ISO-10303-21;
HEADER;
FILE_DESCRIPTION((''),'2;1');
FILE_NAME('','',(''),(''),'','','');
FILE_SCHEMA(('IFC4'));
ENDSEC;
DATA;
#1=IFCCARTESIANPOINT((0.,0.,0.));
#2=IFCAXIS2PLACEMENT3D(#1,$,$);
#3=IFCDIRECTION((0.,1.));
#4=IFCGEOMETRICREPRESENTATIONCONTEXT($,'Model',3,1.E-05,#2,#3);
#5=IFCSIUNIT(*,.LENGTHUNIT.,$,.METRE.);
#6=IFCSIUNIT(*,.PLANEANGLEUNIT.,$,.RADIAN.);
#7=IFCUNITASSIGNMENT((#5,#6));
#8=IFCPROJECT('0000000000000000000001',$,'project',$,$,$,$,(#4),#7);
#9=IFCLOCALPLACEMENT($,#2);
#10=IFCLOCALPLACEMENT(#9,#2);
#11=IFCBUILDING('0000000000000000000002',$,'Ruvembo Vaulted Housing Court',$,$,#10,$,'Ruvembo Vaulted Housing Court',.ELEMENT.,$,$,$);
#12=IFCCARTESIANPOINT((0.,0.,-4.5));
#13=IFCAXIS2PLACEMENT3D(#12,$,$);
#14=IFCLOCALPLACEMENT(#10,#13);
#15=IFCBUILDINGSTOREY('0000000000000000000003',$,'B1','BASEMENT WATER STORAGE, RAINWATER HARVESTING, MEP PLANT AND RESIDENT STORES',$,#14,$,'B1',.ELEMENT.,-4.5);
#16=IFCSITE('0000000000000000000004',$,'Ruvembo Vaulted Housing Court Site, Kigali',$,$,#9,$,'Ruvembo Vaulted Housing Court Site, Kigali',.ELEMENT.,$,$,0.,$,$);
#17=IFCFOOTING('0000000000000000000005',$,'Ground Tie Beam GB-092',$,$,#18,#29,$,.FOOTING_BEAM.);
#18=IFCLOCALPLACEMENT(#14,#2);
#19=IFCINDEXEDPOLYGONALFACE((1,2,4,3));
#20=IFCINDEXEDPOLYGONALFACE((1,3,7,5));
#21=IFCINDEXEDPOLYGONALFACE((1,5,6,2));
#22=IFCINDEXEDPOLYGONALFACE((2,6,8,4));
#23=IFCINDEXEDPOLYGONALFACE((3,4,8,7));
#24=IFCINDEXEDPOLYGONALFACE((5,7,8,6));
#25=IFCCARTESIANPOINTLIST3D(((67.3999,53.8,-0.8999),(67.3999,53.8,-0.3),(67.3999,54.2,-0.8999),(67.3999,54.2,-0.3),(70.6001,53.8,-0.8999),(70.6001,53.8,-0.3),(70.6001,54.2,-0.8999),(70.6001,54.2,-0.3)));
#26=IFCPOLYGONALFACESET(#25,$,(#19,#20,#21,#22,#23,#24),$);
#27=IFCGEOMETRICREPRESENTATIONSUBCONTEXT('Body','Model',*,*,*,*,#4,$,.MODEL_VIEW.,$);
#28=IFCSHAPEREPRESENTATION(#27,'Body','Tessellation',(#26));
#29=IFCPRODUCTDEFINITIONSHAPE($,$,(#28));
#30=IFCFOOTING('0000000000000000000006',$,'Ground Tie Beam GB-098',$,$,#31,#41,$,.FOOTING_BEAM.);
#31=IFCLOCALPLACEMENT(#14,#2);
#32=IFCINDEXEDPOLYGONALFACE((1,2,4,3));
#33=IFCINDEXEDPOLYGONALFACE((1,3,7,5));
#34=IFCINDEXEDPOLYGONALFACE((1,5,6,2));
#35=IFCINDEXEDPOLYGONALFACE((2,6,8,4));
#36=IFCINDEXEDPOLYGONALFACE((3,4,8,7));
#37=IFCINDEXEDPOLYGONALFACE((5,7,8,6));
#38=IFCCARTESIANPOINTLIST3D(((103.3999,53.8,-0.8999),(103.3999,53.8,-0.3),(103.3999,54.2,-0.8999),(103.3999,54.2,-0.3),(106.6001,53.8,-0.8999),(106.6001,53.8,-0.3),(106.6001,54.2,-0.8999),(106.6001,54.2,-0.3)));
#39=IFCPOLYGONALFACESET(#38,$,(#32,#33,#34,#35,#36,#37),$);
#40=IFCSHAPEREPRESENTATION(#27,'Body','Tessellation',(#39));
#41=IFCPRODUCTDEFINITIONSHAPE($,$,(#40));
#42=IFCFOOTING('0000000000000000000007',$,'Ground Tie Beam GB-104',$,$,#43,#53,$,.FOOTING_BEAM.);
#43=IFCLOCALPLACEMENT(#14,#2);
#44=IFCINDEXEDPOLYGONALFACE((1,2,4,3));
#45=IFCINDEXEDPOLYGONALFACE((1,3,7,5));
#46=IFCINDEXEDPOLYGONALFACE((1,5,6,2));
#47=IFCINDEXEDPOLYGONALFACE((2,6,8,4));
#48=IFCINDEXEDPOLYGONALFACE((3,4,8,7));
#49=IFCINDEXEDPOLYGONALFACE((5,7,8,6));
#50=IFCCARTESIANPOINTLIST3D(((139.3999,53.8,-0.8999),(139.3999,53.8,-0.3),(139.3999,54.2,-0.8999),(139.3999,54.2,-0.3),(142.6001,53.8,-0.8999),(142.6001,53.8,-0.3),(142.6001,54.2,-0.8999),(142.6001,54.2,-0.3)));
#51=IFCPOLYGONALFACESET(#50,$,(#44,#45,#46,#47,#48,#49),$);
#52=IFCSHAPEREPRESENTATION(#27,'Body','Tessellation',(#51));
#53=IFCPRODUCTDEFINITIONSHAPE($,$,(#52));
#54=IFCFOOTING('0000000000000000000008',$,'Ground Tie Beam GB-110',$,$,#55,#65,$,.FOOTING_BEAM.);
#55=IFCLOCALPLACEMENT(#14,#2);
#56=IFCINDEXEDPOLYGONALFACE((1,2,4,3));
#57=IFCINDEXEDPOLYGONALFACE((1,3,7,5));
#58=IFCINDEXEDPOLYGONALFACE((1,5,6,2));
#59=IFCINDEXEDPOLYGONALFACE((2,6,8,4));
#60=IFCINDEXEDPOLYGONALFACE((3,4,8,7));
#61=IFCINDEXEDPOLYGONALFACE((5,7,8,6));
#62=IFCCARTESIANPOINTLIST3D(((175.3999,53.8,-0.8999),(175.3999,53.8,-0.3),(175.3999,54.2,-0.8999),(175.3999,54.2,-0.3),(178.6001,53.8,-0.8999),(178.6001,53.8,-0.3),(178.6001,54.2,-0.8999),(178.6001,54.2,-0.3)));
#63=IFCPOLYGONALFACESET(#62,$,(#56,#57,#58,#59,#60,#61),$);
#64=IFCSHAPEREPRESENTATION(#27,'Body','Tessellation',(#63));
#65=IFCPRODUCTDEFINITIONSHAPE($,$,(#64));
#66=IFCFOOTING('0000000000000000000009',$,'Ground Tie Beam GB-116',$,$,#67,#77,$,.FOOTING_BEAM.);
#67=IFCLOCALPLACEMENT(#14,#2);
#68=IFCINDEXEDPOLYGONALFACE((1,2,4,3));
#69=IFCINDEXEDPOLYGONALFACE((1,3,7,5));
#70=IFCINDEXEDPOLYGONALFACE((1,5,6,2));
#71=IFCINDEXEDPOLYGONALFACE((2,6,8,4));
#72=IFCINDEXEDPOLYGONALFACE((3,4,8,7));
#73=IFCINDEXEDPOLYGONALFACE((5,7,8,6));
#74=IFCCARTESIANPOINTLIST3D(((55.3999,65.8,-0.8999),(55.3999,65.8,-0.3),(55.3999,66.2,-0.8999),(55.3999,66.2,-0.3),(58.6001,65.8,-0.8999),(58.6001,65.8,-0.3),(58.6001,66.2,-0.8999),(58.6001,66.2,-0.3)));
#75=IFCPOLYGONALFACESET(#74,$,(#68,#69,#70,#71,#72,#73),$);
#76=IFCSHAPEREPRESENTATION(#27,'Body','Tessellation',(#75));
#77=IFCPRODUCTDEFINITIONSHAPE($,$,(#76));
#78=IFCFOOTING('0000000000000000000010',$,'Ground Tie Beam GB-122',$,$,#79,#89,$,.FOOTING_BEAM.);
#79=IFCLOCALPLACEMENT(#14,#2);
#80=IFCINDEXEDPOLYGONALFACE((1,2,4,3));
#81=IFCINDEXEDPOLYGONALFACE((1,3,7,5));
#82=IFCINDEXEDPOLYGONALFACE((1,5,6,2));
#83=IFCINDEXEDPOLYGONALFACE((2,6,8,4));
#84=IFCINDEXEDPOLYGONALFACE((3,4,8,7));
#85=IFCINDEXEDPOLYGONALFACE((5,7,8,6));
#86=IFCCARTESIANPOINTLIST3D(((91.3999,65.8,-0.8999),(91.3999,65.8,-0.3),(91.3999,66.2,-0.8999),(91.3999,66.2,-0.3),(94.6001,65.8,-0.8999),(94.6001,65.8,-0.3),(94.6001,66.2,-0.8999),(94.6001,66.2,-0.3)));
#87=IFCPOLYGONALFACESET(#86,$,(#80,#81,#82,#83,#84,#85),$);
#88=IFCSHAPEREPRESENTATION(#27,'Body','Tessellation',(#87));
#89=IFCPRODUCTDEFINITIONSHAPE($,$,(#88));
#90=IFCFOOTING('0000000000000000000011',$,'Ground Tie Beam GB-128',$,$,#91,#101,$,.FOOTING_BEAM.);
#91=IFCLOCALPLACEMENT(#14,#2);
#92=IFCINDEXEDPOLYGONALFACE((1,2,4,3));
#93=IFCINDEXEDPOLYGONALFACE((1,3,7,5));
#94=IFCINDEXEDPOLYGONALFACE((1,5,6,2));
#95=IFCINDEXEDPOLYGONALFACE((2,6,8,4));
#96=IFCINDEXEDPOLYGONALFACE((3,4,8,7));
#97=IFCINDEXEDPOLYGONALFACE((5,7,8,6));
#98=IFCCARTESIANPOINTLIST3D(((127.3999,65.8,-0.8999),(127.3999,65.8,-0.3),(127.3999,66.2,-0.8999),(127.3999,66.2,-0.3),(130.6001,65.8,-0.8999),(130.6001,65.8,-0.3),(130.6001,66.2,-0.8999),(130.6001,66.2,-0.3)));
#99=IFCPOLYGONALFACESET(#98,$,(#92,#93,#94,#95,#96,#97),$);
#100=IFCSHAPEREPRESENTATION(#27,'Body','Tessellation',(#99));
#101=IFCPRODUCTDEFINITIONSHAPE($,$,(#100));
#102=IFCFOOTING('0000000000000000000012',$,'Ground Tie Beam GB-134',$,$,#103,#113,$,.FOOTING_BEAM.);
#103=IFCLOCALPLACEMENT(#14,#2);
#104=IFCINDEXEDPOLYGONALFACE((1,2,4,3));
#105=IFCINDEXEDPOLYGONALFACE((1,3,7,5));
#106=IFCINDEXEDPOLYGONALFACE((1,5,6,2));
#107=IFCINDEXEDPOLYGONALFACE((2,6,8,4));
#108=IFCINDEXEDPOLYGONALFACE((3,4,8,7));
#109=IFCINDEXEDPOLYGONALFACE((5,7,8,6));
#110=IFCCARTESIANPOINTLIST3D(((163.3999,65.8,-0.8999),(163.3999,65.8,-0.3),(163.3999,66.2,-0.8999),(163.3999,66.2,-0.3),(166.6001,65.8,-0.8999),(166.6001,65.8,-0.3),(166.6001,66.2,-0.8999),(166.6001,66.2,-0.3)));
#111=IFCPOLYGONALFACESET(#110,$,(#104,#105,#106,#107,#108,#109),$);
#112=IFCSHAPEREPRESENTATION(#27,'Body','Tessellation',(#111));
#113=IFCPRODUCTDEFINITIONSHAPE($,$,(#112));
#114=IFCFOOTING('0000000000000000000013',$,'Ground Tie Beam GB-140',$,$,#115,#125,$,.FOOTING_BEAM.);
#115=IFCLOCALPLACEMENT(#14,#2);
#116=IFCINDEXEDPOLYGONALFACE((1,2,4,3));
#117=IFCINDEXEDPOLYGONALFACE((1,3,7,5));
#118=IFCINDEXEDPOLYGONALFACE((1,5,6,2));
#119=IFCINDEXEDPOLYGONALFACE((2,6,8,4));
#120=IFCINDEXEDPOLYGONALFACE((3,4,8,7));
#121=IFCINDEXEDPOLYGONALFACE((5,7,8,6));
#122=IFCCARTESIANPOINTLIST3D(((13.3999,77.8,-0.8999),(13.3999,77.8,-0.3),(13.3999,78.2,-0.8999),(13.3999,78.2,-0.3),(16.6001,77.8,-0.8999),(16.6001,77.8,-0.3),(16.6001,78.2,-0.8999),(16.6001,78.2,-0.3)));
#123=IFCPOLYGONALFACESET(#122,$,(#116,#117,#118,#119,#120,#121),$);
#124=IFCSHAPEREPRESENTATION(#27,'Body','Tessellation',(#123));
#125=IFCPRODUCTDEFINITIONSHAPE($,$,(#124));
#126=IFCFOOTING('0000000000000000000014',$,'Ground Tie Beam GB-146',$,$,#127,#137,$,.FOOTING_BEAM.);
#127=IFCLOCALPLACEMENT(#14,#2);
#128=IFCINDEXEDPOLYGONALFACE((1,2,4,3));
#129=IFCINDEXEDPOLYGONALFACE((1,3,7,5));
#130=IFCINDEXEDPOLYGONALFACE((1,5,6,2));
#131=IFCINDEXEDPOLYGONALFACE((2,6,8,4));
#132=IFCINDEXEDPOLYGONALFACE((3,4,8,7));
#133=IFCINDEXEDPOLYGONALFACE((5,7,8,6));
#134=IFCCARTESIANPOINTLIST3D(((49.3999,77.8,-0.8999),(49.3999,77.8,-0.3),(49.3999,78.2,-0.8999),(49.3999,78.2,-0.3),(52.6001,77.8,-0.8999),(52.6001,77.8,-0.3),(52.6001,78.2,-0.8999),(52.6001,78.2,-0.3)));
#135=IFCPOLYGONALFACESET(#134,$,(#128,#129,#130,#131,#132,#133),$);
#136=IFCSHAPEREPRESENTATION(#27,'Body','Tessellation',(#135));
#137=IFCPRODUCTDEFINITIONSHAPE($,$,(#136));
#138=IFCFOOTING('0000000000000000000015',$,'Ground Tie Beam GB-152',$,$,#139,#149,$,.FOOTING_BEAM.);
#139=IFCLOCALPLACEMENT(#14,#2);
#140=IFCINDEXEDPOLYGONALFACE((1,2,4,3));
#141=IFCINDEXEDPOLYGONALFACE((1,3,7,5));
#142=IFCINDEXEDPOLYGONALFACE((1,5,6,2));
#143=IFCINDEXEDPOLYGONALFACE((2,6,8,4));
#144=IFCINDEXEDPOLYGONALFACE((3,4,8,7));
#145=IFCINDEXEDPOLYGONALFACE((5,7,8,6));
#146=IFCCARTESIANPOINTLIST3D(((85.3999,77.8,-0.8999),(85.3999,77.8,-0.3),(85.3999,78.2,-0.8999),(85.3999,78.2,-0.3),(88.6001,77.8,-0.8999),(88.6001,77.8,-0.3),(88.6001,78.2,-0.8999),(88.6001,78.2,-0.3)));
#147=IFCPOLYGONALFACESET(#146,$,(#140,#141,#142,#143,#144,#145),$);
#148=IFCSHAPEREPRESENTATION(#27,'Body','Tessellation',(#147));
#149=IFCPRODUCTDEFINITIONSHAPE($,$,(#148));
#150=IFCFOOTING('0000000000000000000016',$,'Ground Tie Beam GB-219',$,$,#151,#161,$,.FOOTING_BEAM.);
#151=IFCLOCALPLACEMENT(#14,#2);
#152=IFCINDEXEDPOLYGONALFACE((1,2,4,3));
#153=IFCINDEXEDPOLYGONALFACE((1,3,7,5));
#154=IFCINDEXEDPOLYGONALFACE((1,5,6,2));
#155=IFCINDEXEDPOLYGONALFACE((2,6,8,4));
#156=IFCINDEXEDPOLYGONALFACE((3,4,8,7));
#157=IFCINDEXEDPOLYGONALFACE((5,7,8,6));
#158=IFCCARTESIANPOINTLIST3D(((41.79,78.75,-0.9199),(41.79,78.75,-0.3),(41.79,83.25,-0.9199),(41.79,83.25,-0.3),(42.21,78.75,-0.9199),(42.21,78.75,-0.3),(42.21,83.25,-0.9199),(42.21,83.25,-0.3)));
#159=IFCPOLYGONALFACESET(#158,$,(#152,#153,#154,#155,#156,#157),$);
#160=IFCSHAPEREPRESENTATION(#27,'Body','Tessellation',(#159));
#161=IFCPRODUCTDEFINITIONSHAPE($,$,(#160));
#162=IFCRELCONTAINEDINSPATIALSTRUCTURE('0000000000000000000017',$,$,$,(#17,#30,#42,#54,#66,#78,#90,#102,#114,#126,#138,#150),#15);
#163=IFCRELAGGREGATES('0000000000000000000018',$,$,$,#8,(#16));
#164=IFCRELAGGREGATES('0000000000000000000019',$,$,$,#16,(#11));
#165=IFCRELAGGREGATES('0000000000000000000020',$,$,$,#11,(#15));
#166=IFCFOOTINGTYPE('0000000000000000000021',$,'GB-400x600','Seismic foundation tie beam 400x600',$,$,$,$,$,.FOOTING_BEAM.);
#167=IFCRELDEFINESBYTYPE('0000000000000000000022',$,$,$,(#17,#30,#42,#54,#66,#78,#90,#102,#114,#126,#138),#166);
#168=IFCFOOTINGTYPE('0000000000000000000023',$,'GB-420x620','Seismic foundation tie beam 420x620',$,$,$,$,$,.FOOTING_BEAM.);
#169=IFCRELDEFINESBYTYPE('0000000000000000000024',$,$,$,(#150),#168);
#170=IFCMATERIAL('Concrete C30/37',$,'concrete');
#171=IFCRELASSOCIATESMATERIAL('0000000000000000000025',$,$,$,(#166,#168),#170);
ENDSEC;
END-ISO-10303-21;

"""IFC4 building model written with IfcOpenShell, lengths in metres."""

from ifc_helpers import new_model, si_unit, direction, frame, origin, place, context, subcontext, project, spatial, polyline, outline, extrude, material, type_object, element, save


model = new_model("IFC4")

# Units and contexts
model_context = context("Model", 3, precision=1e-05, world=origin(), true_north=direction((0.0, 1.0)))
body_context = subcontext(model_context, "Body", "Model", "MODEL_VIEW")
ifc_project = project(units=[si_unit("LENGTHUNIT", "METRE"), si_unit("PLANEANGLEUNIT", "RADIAN")], contexts=[model_context])

# Site, building, storey
site_placement = place(None, origin())
site = spatial("IfcSite", under=ifc_project, at=site_placement, Name="Ruvembo Vaulted Housing Court Site, Kigali", LongName="Ruvembo Vaulted Housing Court Site, Kigali", CompositionType="ELEMENT", RefElevation=0.0)
building_placement = place(site_placement, origin())
building = spatial("IfcBuilding", under=site, at=building_placement, Name="Ruvembo Vaulted Housing Court", LongName="Ruvembo Vaulted Housing Court", CompositionType="ELEMENT")
storey_placement = place(building_placement, frame((0.0, 0.0, -4.5)))
storey = spatial("IfcBuildingStorey", under=building, at=storey_placement, Name="B1", Description="BASEMENT WATER STORAGE, RAINWATER HARVESTING, MEP PLANT AND RESIDENT STORES", LongName="B1", CompositionType="ELEMENT", Elevation=-4.5)

# Footings
ifc_material = material(Name="Concrete C30/37", Category="concrete")
footing_type_1 = type_object("IfcFootingType", Name="GB-400x600", Description="Seismic foundation tie beam 400x600", PredefinedType="FOOTING_BEAM", material=ifc_material)
footing_1_placement = place(storey_placement, frame((0.0, 0.0, -0.8999)))
element("IfcFooting", 1, at=footing_1_placement, inside=storey, type_object=footing_type_1, Name="Ground Tie Beam GB-092", PredefinedType="FOOTING_BEAM", context=body_context, shape_type="SweptSolid", body=[
    extrude(outline(polyline([(67.3999, 53.8), (70.6001, 53.8), (70.6001, 54.2), (67.3999, 54.2), (67.3999, 53.8)])), origin(), (0.0, 0.0, 1.0), 0.5999),
])
footing_2_placement = place(storey_placement, frame((0.0, 0.0, -0.8999)))
element("IfcFooting", 2, at=footing_2_placement, inside=storey, type_object=footing_type_1, Name="Ground Tie Beam GB-098", PredefinedType="FOOTING_BEAM", context=body_context, shape_type="SweptSolid", body=[
    extrude(outline(polyline([(103.3999, 53.8), (106.6001, 53.8), (106.6001, 54.2), (103.3999, 54.2), (103.3999, 53.8)])), origin(), (0.0, 0.0, 1.0), 0.5999),
])
footing_3_placement = place(storey_placement, frame((0.0, 0.0, -0.8999)))
element("IfcFooting", 3, at=footing_3_placement, inside=storey, type_object=footing_type_1, Name="Ground Tie Beam GB-104", PredefinedType="FOOTING_BEAM", context=body_context, shape_type="SweptSolid", body=[
    extrude(outline(polyline([(139.3999, 53.8), (142.6001, 53.8), (142.6001, 54.2), (139.3999, 54.2), (139.3999, 53.8)])), origin(), (0.0, 0.0, 1.0), 0.5999),
])
footing_4_placement = place(storey_placement, frame((0.0, 0.0, -0.8999)))
element("IfcFooting", 4, at=footing_4_placement, inside=storey, type_object=footing_type_1, Name="Ground Tie Beam GB-110", PredefinedType="FOOTING_BEAM", context=body_context, shape_type="SweptSolid", body=[
    extrude(outline(polyline([(175.3999, 53.8), (178.6001, 53.8), (178.6001, 54.2), (175.3999, 54.2), (175.3999, 53.8)])), origin(), (0.0, 0.0, 1.0), 0.5999),
])
footing_5_placement = place(storey_placement, frame((0.0, 0.0, -0.8999)))
element("IfcFooting", 5, at=footing_5_placement, inside=storey, type_object=footing_type_1, Name="Ground Tie Beam GB-116", PredefinedType="FOOTING_BEAM", context=body_context, shape_type="SweptSolid", body=[
    extrude(outline(polyline([(55.3999, 65.8), (58.6001, 65.8), (58.6001, 66.2), (55.3999, 66.2), (55.3999, 65.8)])), origin(), (0.0, 0.0, 1.0), 0.5999),
])
footing_6_placement = place(storey_placement, frame((0.0, 0.0, -0.8999)))
element("IfcFooting", 6, at=footing_6_placement, inside=storey, type_object=footing_type_1, Name="Ground Tie Beam GB-122", PredefinedType="FOOTING_BEAM", context=body_context, shape_type="SweptSolid", body=[
    extrude(outline(polyline([(91.3999, 65.8), (94.6001, 65.8), (94.6001, 66.2), (91.3999, 66.2), (91.3999, 65.8)])), origin(), (0.0, 0.0, 1.0), 0.5999),
])
footing_7_placement = place(storey_placement, frame((0.0, 0.0, -0.8999)))
element("IfcFooting", 7, at=footing_7_placement, inside=storey, type_object=footing_type_1, Name="Ground Tie Beam GB-128", PredefinedType="FOOTING_BEAM", context=body_context, shape_type="SweptSolid", body=[
    extrude(outline(polyline([(127.3999, 65.8), (130.6001, 65.8), (130.6001, 66.2), (127.3999, 66.2), (127.3999, 65.8)])), origin(), (0.0, 0.0, 1.0), 0.5999),
])
footing_8_placement = place(storey_placement, frame((0.0, 0.0, -0.8999)))
element("IfcFooting", 8, at=footing_8_placement, inside=storey, type_object=footing_type_1, Name="Ground Tie Beam GB-134", PredefinedType="FOOTING_BEAM", context=body_context, shape_type="SweptSolid", body=[
    extrude(outline(polyline([(163.3999, 65.8), (166.6001, 65.8), (166.6001, 66.2), (163.3999, 66.2), (163.3999, 65.8)])), origin(), (0.0, 0.0, 1.0), 0.5999),
])
footing_9_placement = place(storey_placement, frame((0.0, 0.0, -0.8999)))
element("IfcFooting", 9, at=footing_9_placement, inside=storey, type_object=footing_type_1, Name="Ground Tie Beam GB-140", PredefinedType="FOOTING_BEAM", context=body_context, shape_type="SweptSolid", body=[
    extrude(outline(polyline([(13.3999, 77.8), (16.6001, 77.8), (16.6001, 78.2), (13.3999, 78.2), (13.3999, 77.8)])), origin(), (0.0, 0.0, 1.0), 0.5999),
])
footing_10_placement = place(storey_placement, frame((0.0, 0.0, -0.8999)))
element("IfcFooting", 10, at=footing_10_placement, inside=storey, type_object=footing_type_1, Name="Ground Tie Beam GB-146", PredefinedType="FOOTING_BEAM", context=body_context, shape_type="SweptSolid", body=[
    extrude(outline(polyline([(49.3999, 77.8), (52.6001, 77.8), (52.6001, 78.2), (49.3999, 78.2), (49.3999, 77.8)])), origin(), (0.0, 0.0, 1.0), 0.5999),
])
footing_11_placement = place(storey_placement, frame((0.0, 0.0, -0.8999)))
element("IfcFooting", 11, at=footing_11_placement, inside=storey, type_object=footing_type_1, Name="Ground Tie Beam GB-152", PredefinedType="FOOTING_BEAM", context=body_context, shape_type="SweptSolid", body=[
    extrude(outline(polyline([(85.3999, 77.8), (88.6001, 77.8), (88.6001, 78.2), (85.3999, 78.2), (85.3999, 77.8)])), origin(), (0.0, 0.0, 1.0), 0.5999),
])
footing_type_2 = type_object("IfcFootingType", Name="GB-420x620", Description="Seismic foundation tie beam 420x620", PredefinedType="FOOTING_BEAM", material=ifc_material)
footing_12_placement = place(storey_placement, frame((0.0, 0.0, -0.9199)))
element("IfcFooting", 12, at=footing_12_placement, inside=storey, type_object=footing_type_2, Name="Ground Tie Beam GB-219", PredefinedType="FOOTING_BEAM", context=body_context, shape_type="SweptSolid", body=[
    extrude(outline(polyline([(41.79, 78.75), (42.21, 78.75), (42.21, 83.25), (41.79, 83.25), (41.79, 78.75)])), origin(), (0.0, 0.0, 1.0), 0.6199),
])

save(model, "model.ifc")
